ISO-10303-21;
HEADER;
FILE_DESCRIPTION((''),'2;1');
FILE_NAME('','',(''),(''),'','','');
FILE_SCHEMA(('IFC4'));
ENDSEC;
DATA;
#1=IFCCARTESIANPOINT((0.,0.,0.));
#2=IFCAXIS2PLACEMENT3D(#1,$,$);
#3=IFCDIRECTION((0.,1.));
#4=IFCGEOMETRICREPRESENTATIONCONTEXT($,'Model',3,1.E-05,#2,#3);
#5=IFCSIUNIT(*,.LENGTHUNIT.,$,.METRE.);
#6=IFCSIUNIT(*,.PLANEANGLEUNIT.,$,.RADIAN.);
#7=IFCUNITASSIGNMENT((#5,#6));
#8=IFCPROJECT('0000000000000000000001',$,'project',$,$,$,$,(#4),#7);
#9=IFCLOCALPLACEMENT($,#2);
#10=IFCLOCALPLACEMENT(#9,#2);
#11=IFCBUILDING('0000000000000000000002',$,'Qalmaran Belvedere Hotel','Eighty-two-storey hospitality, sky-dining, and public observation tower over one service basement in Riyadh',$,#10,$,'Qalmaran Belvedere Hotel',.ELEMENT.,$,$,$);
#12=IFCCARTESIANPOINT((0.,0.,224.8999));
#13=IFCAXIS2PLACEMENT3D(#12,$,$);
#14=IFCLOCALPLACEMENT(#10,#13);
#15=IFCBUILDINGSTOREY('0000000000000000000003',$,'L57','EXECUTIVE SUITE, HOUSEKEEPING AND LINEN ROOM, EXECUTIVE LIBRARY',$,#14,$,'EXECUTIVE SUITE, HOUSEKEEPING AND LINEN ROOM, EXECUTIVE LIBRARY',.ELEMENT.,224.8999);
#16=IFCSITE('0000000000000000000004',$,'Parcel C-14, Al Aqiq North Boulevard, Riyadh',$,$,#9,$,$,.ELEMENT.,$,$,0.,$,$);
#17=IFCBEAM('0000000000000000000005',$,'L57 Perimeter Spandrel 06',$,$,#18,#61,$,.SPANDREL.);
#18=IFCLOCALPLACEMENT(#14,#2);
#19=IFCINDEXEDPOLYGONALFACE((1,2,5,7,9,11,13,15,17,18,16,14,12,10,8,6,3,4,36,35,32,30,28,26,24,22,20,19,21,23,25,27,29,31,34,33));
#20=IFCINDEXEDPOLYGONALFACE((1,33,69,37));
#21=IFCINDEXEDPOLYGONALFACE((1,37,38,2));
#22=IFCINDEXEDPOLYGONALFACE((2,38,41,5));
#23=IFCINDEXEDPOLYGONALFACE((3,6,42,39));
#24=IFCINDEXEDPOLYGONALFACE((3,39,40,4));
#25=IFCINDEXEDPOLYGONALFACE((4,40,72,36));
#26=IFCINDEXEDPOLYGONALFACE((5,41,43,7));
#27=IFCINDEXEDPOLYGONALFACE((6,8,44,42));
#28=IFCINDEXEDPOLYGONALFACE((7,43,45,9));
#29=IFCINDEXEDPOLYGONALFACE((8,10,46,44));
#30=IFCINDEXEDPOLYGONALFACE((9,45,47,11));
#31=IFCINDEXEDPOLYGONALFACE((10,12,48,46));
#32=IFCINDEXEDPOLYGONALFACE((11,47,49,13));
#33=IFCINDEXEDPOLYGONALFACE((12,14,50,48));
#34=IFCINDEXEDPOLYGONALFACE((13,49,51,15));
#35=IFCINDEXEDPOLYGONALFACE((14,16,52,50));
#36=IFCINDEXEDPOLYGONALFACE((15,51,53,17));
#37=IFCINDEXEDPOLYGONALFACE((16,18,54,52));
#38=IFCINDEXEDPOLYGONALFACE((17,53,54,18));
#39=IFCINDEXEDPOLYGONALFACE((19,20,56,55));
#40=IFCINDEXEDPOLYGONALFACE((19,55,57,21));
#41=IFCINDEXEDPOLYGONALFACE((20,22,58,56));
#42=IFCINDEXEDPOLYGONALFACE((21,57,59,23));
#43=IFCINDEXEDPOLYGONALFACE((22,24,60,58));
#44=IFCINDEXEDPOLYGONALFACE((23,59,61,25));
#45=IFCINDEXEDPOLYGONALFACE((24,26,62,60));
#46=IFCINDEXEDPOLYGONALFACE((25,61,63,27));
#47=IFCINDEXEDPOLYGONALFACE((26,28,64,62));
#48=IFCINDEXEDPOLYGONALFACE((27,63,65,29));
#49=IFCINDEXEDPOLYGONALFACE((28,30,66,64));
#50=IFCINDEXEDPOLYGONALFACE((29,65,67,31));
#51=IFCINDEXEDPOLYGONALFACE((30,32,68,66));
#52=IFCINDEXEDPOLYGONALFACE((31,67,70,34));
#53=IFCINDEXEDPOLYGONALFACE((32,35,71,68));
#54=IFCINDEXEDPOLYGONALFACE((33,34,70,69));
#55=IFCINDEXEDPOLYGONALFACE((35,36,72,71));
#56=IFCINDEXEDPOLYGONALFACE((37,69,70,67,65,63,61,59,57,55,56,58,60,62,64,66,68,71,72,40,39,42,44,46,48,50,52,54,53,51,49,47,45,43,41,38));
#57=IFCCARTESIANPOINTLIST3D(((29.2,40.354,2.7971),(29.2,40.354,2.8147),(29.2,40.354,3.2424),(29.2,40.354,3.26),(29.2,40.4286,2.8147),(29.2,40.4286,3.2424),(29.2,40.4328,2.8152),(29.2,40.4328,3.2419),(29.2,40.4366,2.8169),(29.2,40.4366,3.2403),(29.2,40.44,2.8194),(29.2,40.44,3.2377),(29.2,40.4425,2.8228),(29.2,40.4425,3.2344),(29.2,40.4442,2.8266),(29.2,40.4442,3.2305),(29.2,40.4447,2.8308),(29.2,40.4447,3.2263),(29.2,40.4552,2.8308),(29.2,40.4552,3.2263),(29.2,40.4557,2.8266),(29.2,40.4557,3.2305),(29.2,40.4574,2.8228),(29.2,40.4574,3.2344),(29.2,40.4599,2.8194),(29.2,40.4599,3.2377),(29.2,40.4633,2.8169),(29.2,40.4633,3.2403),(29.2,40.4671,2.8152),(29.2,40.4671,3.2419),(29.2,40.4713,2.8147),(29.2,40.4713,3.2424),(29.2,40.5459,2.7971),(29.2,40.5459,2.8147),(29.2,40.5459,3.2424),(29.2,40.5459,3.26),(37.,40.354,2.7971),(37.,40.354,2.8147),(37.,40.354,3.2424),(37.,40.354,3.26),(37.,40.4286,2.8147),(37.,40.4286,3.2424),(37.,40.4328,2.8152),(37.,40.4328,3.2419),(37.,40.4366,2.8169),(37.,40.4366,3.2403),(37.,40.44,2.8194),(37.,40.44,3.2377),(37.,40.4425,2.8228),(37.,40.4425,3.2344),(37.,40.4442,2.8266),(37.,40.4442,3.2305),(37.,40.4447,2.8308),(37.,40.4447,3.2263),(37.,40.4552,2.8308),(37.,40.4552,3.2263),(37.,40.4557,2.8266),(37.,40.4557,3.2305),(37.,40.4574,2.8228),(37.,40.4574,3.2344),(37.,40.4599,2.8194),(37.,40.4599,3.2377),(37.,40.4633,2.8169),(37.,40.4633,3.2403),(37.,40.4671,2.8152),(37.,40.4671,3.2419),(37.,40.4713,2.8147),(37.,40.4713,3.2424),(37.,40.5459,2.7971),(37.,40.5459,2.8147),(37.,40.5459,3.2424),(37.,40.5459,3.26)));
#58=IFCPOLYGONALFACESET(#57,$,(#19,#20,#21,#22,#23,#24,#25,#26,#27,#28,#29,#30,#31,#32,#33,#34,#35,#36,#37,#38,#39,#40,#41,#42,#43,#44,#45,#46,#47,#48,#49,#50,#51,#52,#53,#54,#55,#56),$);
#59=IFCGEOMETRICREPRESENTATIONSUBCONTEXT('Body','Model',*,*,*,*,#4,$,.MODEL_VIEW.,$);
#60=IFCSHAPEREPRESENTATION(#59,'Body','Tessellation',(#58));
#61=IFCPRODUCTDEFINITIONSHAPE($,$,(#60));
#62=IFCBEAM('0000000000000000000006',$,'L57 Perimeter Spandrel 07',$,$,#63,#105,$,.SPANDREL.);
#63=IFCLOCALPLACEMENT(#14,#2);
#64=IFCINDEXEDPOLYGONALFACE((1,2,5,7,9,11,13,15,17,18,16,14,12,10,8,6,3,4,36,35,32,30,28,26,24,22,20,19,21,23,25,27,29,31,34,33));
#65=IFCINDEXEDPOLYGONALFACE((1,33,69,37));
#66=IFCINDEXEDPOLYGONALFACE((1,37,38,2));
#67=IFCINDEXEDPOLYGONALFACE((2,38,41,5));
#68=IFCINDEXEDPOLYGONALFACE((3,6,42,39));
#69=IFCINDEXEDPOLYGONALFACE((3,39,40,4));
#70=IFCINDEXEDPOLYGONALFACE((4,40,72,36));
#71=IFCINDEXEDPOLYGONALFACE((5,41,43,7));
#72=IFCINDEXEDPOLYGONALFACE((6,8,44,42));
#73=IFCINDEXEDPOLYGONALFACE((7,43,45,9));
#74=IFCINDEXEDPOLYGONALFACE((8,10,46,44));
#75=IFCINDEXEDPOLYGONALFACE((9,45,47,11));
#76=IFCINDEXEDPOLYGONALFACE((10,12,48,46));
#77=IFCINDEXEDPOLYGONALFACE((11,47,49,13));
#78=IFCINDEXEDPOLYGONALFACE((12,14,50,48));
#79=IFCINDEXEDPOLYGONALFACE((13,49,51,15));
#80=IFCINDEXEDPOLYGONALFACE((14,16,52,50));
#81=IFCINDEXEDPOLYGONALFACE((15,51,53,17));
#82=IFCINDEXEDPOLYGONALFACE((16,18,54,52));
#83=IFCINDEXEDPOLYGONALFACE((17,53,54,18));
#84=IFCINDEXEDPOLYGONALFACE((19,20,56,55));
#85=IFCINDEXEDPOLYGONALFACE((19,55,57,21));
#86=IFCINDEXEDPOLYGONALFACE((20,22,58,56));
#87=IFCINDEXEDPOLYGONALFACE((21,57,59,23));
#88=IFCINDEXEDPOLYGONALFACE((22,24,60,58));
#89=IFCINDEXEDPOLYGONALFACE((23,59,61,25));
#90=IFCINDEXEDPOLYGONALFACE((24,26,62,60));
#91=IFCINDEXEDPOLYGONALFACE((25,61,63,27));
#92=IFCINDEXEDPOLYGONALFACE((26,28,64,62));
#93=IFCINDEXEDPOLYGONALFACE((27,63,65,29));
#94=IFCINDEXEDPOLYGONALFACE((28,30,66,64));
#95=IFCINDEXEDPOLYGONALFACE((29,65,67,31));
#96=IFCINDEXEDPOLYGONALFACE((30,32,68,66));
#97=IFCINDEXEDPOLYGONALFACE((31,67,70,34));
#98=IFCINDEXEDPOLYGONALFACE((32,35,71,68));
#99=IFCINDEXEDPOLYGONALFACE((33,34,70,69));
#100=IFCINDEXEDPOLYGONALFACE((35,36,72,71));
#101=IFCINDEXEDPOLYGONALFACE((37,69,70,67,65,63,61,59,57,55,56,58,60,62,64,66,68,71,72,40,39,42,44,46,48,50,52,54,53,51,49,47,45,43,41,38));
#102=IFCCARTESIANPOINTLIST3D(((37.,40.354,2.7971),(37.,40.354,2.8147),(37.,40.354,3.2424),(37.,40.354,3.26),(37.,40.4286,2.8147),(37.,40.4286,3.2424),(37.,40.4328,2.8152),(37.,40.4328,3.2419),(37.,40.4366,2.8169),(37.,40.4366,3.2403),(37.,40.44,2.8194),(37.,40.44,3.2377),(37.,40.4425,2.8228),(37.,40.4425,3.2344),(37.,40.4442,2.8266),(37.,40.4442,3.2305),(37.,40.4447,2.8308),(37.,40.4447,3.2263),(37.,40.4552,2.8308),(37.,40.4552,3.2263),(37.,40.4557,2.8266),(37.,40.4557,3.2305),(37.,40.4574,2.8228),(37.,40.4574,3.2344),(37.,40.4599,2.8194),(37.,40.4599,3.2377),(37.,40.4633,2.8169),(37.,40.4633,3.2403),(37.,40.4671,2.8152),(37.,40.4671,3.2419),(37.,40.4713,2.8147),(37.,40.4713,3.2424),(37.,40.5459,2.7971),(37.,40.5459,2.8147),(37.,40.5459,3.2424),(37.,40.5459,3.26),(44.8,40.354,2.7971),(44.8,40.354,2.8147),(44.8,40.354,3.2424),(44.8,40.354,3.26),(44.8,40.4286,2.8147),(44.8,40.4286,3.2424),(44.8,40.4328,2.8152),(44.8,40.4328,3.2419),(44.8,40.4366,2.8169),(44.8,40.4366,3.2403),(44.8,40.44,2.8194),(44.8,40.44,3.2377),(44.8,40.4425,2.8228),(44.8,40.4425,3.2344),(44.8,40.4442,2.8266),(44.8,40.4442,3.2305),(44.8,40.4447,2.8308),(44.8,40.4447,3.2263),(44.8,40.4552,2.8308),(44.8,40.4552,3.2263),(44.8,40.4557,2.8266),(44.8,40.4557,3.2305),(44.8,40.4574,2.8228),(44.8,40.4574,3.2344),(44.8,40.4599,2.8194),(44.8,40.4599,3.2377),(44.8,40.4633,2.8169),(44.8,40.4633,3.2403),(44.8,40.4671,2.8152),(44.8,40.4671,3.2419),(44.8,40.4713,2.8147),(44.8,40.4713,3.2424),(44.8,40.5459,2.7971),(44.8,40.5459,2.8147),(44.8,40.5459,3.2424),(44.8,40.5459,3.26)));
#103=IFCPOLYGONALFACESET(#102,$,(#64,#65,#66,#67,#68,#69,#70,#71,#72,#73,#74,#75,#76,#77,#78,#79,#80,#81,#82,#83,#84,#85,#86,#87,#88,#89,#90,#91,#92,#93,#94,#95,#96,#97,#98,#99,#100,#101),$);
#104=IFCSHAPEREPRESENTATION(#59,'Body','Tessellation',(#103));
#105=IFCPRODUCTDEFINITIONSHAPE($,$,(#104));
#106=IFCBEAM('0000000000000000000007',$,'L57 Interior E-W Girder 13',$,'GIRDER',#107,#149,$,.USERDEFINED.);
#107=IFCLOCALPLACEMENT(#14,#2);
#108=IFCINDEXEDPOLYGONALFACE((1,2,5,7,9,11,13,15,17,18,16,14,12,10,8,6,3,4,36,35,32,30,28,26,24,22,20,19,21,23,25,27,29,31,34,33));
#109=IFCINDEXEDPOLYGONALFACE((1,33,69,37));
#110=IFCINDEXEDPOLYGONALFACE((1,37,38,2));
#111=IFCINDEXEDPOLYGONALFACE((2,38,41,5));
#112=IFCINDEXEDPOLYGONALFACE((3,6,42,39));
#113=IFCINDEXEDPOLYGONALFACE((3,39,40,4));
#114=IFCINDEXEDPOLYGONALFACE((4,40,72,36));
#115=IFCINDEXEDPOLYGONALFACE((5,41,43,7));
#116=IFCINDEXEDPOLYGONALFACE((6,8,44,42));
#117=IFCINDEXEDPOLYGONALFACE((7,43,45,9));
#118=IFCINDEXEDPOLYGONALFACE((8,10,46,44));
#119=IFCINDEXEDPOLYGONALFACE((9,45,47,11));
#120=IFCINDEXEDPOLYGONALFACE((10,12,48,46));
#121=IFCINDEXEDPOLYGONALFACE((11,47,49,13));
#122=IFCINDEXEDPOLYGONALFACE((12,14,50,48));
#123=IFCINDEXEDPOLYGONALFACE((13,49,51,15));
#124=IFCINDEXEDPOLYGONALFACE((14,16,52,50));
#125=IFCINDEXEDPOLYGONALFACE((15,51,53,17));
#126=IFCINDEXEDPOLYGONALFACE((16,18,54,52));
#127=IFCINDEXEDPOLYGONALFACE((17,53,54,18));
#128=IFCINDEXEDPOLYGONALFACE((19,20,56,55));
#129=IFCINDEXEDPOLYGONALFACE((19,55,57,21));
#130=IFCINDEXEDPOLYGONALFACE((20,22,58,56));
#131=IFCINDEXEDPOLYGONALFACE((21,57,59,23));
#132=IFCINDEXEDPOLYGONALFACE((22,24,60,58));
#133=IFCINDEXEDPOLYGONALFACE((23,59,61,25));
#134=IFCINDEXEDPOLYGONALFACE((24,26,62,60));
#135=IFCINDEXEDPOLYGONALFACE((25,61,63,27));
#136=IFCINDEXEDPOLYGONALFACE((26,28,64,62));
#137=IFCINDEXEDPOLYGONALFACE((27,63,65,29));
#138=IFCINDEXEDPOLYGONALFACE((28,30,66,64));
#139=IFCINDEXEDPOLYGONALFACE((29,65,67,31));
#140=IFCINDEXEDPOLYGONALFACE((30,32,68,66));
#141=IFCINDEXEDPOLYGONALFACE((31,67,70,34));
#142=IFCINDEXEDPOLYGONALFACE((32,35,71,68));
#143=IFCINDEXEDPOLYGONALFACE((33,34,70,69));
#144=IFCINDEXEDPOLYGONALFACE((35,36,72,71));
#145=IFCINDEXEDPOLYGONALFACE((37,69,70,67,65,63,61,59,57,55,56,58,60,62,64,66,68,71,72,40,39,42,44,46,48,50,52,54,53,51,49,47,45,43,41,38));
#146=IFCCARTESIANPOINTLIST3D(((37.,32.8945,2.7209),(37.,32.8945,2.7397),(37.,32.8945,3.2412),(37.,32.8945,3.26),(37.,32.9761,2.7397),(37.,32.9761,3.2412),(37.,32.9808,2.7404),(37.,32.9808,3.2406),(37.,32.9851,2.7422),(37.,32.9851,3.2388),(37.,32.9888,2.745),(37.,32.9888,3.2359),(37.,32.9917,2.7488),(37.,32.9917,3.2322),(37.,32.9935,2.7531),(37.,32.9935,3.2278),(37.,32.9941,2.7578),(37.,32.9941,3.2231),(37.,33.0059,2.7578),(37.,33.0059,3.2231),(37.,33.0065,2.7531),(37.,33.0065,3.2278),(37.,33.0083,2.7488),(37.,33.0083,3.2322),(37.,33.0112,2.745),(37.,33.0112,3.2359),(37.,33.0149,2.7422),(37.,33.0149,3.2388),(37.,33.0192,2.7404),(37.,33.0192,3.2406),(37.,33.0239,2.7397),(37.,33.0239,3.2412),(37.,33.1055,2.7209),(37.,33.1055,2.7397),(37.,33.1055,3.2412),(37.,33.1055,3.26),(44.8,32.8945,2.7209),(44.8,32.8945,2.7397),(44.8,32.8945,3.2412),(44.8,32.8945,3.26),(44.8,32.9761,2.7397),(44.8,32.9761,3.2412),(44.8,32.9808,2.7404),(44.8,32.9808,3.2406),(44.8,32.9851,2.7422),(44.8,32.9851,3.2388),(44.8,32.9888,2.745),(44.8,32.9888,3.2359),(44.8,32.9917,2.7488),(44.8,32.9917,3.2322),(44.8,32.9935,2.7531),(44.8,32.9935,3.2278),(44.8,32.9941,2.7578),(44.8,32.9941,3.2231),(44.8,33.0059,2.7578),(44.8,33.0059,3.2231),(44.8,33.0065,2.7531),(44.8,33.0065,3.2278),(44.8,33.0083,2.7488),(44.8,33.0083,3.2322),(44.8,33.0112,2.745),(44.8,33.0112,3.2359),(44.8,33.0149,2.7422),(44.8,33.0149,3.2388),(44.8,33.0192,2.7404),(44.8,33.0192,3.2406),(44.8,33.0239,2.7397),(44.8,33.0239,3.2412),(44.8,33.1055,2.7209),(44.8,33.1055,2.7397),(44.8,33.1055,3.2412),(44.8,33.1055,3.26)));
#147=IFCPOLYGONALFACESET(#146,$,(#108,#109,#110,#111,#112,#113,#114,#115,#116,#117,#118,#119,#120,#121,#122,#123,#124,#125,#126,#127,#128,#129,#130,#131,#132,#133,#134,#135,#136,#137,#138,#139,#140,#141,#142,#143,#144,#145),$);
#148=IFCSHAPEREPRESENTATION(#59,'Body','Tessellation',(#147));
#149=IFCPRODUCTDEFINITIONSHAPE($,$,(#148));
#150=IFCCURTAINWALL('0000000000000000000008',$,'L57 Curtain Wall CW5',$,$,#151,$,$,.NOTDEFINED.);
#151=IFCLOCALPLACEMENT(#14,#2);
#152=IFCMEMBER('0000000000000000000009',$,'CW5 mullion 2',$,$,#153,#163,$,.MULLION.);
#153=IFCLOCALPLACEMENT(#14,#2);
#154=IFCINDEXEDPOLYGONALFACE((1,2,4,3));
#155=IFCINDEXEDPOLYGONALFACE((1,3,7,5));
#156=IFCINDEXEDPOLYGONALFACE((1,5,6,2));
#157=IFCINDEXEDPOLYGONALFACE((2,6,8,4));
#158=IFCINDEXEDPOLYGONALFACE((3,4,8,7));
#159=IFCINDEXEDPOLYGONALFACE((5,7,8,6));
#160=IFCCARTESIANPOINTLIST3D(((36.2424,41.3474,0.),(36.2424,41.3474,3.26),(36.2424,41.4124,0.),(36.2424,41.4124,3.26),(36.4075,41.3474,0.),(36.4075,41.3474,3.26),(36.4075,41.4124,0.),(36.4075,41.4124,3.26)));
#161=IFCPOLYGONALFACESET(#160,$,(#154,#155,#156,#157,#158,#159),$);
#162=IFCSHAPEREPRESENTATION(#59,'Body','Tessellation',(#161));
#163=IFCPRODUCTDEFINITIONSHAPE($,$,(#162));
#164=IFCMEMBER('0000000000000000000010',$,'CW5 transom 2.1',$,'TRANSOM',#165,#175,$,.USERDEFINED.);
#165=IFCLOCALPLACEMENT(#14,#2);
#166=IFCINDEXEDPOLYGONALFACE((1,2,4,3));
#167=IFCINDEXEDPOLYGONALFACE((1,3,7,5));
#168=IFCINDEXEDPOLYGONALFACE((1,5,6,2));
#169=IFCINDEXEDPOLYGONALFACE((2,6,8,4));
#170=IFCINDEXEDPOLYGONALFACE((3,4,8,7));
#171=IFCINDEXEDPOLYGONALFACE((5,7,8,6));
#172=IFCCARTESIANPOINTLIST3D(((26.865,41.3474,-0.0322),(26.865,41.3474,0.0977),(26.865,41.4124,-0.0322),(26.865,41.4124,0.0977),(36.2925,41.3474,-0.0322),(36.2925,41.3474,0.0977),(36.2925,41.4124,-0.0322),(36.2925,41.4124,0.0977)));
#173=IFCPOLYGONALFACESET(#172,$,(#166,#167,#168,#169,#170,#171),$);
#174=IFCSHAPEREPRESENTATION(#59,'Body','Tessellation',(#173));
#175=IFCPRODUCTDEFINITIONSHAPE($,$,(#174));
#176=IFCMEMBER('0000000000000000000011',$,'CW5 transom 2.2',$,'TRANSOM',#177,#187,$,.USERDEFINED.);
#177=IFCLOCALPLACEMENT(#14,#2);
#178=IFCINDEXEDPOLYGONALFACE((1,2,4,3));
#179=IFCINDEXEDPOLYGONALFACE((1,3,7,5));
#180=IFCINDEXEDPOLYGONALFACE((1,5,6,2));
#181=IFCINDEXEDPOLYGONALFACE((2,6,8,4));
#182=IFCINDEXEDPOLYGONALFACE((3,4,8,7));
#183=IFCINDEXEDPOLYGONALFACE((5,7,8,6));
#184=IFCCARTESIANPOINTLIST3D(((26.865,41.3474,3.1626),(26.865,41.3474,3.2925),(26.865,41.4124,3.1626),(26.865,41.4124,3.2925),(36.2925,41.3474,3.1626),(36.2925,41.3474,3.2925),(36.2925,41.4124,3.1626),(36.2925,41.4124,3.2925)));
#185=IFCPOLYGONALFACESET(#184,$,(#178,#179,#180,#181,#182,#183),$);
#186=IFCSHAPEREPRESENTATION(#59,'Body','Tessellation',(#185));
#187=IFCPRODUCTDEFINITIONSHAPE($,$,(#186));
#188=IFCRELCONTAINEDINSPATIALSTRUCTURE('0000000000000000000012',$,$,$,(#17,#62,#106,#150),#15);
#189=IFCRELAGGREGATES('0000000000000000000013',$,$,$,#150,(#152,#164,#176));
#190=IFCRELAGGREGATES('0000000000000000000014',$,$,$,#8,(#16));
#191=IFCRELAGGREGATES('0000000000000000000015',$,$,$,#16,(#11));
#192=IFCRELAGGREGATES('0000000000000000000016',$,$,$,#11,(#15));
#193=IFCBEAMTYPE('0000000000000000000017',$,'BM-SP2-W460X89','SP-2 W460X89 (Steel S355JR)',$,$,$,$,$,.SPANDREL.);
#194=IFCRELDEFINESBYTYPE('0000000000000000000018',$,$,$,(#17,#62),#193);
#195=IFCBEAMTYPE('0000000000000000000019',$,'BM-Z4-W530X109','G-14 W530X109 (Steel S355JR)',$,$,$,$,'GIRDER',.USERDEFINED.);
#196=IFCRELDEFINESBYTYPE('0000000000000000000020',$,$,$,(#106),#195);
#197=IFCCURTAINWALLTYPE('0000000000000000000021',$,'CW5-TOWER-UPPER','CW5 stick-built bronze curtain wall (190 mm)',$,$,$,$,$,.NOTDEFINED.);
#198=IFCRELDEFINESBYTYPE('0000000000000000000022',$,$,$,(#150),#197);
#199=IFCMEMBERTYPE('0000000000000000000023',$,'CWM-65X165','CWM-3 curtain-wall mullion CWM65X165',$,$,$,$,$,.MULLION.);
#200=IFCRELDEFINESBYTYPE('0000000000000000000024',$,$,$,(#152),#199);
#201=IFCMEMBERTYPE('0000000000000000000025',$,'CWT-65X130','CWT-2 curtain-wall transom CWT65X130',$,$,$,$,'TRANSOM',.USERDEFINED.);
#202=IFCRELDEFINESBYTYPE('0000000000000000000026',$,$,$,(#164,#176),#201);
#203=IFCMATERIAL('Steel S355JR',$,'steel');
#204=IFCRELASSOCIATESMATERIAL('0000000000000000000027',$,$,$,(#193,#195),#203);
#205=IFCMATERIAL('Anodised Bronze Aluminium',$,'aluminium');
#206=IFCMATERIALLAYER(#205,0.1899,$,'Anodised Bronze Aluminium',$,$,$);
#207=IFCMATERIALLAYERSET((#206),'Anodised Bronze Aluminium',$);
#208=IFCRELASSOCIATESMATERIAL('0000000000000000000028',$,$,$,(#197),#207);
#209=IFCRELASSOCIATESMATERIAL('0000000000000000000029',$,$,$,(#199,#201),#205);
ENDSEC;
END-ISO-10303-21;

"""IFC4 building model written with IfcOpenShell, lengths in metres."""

from ifc_helpers import new_model, si_unit, direction, frame, origin, origin_2d, place, context, subcontext, project, spatial, rectangle, i_section, extrude, material, layer, layer_set, material_profile, profile_set, type_object, element, aggregate, save


model = new_model("IFC4")

# Units and contexts
model_context = context("Model", 3, precision=1e-05, world=origin(), true_north=direction((0.0, 1.0)))
body_context = subcontext(model_context, "Body", "Model", "MODEL_VIEW")
ifc_project = project(units=[si_unit("LENGTHUNIT", "METRE"), si_unit("PLANEANGLEUNIT", "RADIAN")], contexts=[model_context])

# Site, building, storey
site_placement = place(None, origin())
site = spatial("IfcSite", under=ifc_project, at=site_placement, Name="Parcel C-14, Al Aqiq North Boulevard, Riyadh", CompositionType="ELEMENT", RefElevation=0.0)
building_placement = place(site_placement, origin())
building = spatial("IfcBuilding", under=site, at=building_placement, Name="Qalmaran Belvedere Hotel", Description="Eighty-two-storey hospitality, sky-dining, and public observation tower over one service basement in Riyadh", LongName="Qalmaran Belvedere Hotel", CompositionType="ELEMENT")
storey_placement = place(building_placement, frame((0.0, 0.0, 224.8999)))
storey = spatial("IfcBuildingStorey", under=building, at=storey_placement, Name="L57", Description="EXECUTIVE SUITE, HOUSEKEEPING AND LINEN ROOM, EXECUTIVE LIBRARY", LongName="EXECUTIVE SUITE, HOUSEKEEPING AND LINEN ROOM, EXECUTIVE LIBRARY", CompositionType="ELEMENT", Elevation=224.8999)

# Beams
ifc_material_1 = material(Name="Steel S355JR", Category="steel")
ifc_material_profile_1 = material_profile(ifc_material_1, i_section(OverallWidth=0.1919, OverallDepth=0.4629, WebThickness=0.0105, FlangeThickness=0.0176, FilletRadius=0.0161, at=origin_2d()), Name="W460X89")
ifc_profile_set_1 = profile_set([ifc_material_profile_1], Name="Steel S355JR")
beam_type_1 = type_object("IfcBeamType", Name="BM-SP2-W460X89", Description="SP-2 W460X89 (Steel S355JR)", PredefinedType="SPANDREL", material=ifc_profile_set_1)
for number, where, z_axis, x_axis, name in (
    (1, (29.2, 40.45, 3.0286), (1.0, 0.0, 0.0), (0.0, 1.0, 0.0), "L57 Perimeter Spandrel 06"),
    (2, (37.0, 40.45, 3.0286), (1.0, 0.0, 0.0), (0.0, 1.0, 0.0), "L57 Perimeter Spandrel 07"),
):
    element("IfcBeam", number, at=place(storey_placement, frame(where, z_axis=z_axis, x_axis=x_axis)), inside=storey, type_object=beam_type_1, Name=name, PredefinedType="SPANDREL", context=body_context, shape_type="SweptSolid", body=[
        extrude(i_section(OverallWidth=0.1919, OverallDepth=0.4629, WebThickness=0.0105, FlangeThickness=0.0176, FilletRadius=0.0161, at=origin_2d()), origin(), (0.0, 0.0, 1.0), 7.8),
    ])
ifc_material_profile_2 = material_profile(ifc_material_1, i_section(OverallWidth=0.2109, OverallDepth=0.5391, WebThickness=0.0117, FlangeThickness=0.0188, FilletRadius=0.0181, at=origin_2d()), Name="W530X109")
ifc_profile_set_2 = profile_set([ifc_material_profile_2], Name="Steel S355JR")
beam_type_2 = type_object("IfcBeamType", Name="BM-Z4-W530X109", Description="G-14 W530X109 (Steel S355JR)", ElementType="GIRDER", PredefinedType="USERDEFINED", material=ifc_profile_set_2)
beam_1_placement = place(storey_placement, frame((37.0, 33.0, 2.9905), z_axis=(1.0, 0.0, 0.0), x_axis=(0.0, 1.0, 0.0)))
element("IfcBeam", 3, at=beam_1_placement, inside=storey, type_object=beam_type_2, Name="L57 Interior E-W Girder 13", ObjectType="GIRDER", PredefinedType="USERDEFINED", context=body_context, shape_type="SweptSolid", body=[
    extrude(i_section(OverallWidth=0.2109, OverallDepth=0.5391, WebThickness=0.0117, FlangeThickness=0.0188, FilletRadius=0.0181, at=origin_2d()), origin(), (0.0, 0.0, 1.0), 7.8),
])

# Curtain wall, members
ifc_material_2 = material(Name="Anodised Bronze Aluminium", Category="aluminium")
ifc_layer_1 = layer(ifc_material_2, 0.1899, Name="Anodised Bronze Aluminium")
ifc_layer_set_1 = layer_set([ifc_layer_1], Name="Anodised Bronze Aluminium")
curtain_wall_type = type_object("IfcCurtainWallType", Name="CW5-TOWER-UPPER", Description="CW5 stick-built bronze curtain wall (190 mm)", PredefinedType="NOTDEFINED", material=ifc_layer_set_1)
curtain_wall_placement = place(storey_placement, origin())
curtain_wall = element("IfcCurtainWall", 4, at=curtain_wall_placement, inside=storey, type_object=curtain_wall_type, Name="L57 Curtain Wall CW5", PredefinedType="NOTDEFINED")
ifc_material_profile_3 = material_profile(ifc_material_2, rectangle(XDim=0.0649, YDim=0.165, at=origin_2d()), Name="CWM65X165")
ifc_profile_set_3 = profile_set([ifc_material_profile_3], Name="Anodised Bronze Aluminium")
member_type_1 = type_object("IfcMemberType", Name="CWM-65X165", Description="CWM-3 curtain-wall mullion CWM65X165", PredefinedType="MULLION", material=ifc_profile_set_3)
member_1_placement = place(storey_placement, frame((36.325, 41.3799, 0.0), z_axis=(0.0, 0.0, 1.0), x_axis=(0.0, -1.0, 0.0)))
member_1 = element("IfcMember", 5, at=member_1_placement, type_object=member_type_1, Name="CW5 mullion 2", PredefinedType="MULLION", context=body_context, shape_type="SweptSolid", body=[
    extrude(rectangle(XDim=0.0649, YDim=0.165, at=origin_2d()), origin(), (0.0, 0.0, 1.0), 3.26),
])
ifc_material_profile_4 = material_profile(ifc_material_2, rectangle(XDim=0.0649, YDim=0.1299, at=origin_2d()), Name="CWT65X130")
ifc_profile_set_4 = profile_set([ifc_material_profile_4], Name="Anodised Bronze Aluminium")
member_type_2 = type_object("IfcMemberType", Name="CWT-65X130", Description="CWT-2 curtain-wall transom CWT65X130", ElementType="TRANSOM", PredefinedType="USERDEFINED", material=ifc_profile_set_4)
member_2_placement = place(storey_placement, frame((36.2925, 41.3799, 0.0327), z_axis=(-1.0, 0.0, 0.0), x_axis=(0.0, -1.0, 0.0)))
member_2 = element("IfcMember", 6, at=member_2_placement, type_object=member_type_2, Name="CW5 transom 2.1", ObjectType="TRANSOM", PredefinedType="USERDEFINED", context=body_context, shape_type="SweptSolid", body=[
    extrude(rectangle(XDim=0.0649, YDim=0.1299, at=origin_2d()), origin(), (0.0, 0.0, 1.0), 9.4275),
])
member_3_placement = place(storey_placement, frame((36.2925, 41.3799, 3.2275), z_axis=(-1.0, 0.0, 0.0), x_axis=(0.0, -1.0, 0.0)))
member_3 = element("IfcMember", 7, at=member_3_placement, type_object=member_type_2, Name="CW5 transom 2.2", ObjectType="TRANSOM", PredefinedType="USERDEFINED", context=body_context, shape_type="SweptSolid", body=[
    extrude(rectangle(XDim=0.0649, YDim=0.1299, at=origin_2d()), origin(), (0.0, 0.0, 1.0), 9.4275),
])
aggregate(curtain_wall, [member_1, member_2, member_3])

save(model, "model.ifc")
